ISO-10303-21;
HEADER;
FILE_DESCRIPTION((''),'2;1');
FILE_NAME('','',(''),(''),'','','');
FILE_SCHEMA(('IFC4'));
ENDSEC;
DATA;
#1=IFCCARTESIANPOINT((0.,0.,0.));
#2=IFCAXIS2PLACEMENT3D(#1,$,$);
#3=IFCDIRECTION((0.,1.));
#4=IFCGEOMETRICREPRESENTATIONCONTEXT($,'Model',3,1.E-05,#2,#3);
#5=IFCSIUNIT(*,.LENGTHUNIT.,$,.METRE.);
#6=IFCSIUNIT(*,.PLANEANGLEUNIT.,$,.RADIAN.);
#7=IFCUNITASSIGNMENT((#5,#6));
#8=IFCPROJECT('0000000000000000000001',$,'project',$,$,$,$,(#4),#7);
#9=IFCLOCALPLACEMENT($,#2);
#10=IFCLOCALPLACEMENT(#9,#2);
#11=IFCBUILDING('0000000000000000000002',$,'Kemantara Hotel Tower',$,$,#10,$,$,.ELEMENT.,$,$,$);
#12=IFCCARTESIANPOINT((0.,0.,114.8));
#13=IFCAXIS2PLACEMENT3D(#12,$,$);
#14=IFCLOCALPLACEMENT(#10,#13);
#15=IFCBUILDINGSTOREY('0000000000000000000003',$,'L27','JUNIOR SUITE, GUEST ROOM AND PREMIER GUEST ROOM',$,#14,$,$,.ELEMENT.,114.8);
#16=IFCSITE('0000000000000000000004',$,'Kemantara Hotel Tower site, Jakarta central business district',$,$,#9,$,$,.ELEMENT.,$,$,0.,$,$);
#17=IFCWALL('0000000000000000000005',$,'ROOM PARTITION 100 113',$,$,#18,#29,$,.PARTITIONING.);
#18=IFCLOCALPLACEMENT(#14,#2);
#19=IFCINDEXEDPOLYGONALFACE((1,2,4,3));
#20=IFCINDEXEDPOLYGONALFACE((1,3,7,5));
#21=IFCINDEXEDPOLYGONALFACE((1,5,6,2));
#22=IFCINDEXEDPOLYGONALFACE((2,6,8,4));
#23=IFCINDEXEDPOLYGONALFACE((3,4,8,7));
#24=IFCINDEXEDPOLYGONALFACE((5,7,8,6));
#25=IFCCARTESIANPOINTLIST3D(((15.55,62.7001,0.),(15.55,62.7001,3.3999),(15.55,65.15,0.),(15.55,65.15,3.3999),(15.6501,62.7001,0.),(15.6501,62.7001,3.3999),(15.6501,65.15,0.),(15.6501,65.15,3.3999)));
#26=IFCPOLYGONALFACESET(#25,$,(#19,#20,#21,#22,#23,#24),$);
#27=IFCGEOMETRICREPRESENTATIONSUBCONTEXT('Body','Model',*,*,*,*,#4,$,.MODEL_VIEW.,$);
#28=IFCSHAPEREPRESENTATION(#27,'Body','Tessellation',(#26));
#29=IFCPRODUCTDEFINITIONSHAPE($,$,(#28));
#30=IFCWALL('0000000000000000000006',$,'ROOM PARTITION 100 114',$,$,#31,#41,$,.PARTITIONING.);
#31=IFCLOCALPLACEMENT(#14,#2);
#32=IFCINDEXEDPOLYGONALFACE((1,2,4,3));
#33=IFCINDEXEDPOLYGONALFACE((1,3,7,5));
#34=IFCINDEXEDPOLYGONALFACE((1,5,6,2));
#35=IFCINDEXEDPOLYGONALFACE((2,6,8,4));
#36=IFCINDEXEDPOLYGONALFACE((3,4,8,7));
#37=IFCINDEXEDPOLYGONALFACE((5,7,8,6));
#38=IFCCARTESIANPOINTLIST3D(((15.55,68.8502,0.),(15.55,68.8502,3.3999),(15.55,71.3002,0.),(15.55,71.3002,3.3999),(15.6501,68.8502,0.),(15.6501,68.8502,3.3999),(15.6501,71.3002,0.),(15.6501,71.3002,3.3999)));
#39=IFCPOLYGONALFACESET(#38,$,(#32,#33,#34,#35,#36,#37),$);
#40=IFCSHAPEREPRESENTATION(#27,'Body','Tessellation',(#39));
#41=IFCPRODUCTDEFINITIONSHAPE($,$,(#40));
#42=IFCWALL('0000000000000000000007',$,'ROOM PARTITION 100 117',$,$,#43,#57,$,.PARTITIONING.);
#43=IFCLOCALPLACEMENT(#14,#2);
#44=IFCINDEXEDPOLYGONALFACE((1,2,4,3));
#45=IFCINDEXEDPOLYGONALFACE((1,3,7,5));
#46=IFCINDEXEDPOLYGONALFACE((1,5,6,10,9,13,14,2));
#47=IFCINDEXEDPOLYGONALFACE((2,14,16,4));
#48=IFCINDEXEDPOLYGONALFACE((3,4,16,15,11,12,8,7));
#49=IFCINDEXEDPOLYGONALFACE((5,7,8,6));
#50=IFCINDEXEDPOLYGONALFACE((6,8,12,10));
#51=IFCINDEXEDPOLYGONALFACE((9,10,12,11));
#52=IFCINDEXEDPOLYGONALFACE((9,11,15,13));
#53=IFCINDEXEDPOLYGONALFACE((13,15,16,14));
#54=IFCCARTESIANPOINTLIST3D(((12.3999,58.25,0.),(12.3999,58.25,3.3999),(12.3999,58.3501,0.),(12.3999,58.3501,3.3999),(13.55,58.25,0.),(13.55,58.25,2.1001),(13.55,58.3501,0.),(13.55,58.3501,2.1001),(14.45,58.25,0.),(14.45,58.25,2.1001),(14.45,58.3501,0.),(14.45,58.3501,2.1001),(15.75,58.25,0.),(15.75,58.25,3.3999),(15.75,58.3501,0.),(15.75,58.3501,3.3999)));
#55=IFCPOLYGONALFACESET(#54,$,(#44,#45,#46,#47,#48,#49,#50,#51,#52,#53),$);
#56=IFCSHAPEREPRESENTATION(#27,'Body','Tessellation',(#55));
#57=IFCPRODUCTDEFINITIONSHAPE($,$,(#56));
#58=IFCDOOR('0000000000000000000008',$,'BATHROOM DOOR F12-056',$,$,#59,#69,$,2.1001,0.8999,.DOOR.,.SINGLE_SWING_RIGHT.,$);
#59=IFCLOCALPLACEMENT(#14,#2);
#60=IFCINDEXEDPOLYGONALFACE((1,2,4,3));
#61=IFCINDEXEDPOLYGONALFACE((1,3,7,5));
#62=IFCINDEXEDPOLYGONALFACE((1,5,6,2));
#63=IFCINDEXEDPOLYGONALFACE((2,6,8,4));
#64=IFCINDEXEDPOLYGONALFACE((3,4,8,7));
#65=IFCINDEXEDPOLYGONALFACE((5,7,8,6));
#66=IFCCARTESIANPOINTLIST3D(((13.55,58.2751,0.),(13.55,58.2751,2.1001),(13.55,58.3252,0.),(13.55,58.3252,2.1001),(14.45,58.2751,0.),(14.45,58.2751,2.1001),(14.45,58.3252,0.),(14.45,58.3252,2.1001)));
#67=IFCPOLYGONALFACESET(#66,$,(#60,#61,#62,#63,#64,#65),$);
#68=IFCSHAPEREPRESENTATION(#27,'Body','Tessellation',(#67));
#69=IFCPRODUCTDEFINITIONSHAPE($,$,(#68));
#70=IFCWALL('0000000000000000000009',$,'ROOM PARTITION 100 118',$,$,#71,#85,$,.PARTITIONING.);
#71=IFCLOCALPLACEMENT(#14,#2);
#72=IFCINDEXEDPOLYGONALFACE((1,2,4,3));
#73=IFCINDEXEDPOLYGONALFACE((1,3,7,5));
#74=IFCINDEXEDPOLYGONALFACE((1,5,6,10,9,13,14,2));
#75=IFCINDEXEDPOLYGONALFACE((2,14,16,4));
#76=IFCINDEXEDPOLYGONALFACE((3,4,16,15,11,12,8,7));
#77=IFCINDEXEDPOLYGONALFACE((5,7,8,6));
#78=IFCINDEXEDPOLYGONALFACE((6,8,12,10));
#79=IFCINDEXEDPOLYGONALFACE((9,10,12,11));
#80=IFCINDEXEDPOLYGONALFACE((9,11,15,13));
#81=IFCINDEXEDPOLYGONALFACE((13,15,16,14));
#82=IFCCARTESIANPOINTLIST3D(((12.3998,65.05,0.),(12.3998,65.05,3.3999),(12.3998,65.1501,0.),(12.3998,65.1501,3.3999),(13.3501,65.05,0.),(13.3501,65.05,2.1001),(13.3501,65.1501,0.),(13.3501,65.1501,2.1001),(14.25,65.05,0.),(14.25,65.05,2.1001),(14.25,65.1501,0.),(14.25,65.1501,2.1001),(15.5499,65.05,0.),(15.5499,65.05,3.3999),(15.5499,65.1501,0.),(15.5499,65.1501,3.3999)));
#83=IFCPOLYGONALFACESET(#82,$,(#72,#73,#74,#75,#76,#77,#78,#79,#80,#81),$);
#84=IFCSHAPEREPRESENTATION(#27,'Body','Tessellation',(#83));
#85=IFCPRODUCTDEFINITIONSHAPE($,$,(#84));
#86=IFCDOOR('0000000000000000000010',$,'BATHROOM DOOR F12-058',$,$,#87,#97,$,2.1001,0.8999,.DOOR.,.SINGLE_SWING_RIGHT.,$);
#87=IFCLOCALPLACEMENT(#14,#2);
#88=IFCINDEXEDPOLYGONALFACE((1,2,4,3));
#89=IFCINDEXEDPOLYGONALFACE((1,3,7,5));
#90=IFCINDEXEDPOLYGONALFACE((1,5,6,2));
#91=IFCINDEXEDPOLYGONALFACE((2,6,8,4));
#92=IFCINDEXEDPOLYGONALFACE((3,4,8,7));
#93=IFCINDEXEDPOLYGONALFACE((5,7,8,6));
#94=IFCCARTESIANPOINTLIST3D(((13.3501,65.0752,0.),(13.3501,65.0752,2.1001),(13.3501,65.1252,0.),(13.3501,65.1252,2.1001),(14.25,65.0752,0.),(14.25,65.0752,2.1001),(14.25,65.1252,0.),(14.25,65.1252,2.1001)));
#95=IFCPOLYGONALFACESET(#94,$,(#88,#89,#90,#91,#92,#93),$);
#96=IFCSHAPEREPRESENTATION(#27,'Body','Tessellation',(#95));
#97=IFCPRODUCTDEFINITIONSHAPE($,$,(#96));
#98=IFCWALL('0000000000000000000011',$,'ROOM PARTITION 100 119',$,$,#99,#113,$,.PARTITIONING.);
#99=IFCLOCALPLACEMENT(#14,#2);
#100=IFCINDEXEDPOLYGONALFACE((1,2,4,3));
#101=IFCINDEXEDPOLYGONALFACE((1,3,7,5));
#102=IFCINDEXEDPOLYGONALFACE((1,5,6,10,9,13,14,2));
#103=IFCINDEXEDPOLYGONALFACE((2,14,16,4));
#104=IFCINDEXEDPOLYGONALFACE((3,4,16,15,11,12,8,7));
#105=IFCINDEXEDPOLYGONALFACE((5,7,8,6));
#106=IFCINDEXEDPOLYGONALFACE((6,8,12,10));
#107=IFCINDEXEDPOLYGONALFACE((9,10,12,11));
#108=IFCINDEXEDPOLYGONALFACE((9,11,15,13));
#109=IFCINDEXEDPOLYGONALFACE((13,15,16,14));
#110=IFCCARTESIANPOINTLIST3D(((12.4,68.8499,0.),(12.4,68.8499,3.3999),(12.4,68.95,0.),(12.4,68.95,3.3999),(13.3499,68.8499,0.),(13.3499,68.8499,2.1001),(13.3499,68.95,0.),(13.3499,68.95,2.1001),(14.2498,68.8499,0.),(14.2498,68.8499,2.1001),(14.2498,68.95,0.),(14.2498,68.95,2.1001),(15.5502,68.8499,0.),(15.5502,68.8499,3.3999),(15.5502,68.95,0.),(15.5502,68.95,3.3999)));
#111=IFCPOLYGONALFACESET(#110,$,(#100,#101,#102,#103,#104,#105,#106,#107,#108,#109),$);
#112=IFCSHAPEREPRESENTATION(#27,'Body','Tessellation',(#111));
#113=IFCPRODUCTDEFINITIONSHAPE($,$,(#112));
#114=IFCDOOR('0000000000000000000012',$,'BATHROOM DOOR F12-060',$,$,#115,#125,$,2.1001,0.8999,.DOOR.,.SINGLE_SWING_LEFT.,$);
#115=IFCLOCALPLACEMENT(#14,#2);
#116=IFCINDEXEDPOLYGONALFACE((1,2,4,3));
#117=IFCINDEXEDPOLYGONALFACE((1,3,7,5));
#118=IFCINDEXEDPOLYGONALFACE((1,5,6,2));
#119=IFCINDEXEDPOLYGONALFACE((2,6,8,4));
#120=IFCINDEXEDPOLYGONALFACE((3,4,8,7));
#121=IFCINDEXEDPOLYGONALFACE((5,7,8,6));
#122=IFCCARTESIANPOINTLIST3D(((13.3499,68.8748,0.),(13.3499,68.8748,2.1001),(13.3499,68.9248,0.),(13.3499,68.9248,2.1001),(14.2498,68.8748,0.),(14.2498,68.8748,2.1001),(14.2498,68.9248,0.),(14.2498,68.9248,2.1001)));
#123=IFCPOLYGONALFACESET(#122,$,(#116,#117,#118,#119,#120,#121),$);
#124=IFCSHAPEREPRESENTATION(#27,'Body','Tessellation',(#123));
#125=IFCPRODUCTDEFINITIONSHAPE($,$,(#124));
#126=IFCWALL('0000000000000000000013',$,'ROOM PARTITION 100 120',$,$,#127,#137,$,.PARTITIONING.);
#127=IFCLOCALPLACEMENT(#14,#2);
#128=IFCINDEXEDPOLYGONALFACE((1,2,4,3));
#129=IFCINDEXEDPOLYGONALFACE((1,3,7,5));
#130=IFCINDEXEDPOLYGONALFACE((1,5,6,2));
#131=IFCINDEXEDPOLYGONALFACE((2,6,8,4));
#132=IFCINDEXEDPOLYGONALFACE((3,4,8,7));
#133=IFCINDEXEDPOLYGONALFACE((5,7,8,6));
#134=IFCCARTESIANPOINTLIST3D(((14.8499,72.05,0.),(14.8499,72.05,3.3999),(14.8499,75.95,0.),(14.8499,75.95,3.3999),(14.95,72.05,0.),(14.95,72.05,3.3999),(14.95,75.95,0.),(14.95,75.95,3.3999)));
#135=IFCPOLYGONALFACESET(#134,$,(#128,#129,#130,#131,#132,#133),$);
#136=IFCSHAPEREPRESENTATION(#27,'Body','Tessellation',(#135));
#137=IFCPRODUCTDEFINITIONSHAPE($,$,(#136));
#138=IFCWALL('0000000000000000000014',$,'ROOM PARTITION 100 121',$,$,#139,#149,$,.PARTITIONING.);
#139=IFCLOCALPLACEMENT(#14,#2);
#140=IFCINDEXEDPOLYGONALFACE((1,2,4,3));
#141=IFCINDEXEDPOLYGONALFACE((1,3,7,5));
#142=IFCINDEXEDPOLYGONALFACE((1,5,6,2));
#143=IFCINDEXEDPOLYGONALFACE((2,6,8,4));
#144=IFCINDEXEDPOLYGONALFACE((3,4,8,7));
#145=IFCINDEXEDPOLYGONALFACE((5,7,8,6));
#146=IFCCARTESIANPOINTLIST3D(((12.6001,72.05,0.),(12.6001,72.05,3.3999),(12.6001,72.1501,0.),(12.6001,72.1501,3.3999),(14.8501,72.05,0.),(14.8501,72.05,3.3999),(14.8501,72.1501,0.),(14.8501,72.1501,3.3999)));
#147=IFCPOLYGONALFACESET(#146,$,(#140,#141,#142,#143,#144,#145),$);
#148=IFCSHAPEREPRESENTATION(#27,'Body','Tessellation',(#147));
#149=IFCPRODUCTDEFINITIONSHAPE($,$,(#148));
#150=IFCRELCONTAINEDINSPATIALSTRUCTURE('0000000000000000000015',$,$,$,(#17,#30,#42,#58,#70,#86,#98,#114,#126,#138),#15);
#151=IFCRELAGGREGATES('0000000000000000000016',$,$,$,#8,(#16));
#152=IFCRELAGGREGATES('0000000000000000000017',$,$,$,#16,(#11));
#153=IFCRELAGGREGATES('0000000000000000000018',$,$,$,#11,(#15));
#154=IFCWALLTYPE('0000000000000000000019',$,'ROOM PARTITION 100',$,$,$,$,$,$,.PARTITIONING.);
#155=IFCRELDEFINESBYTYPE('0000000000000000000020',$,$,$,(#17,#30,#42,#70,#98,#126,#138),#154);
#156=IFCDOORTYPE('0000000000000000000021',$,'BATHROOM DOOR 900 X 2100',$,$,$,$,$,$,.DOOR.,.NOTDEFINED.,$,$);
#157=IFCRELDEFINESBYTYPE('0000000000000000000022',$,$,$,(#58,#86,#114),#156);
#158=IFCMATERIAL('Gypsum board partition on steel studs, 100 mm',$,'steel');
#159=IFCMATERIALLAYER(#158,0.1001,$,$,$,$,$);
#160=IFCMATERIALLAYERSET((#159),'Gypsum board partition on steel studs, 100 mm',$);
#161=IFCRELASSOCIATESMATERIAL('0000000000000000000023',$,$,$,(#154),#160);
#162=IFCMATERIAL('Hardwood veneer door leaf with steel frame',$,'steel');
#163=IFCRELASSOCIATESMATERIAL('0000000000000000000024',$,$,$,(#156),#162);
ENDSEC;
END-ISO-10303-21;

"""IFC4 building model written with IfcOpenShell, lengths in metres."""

from ifc_helpers import new_model, si_unit, direction, frame, frame_2d, origin, place, context, subcontext, project, spatial, rectangle, extrude, material, layer, layer_set, type_object, element, fill, save


model = new_model("IFC4")

# Units and contexts
model_context = context("Model", 3, precision=1e-05, world=origin(), true_north=direction((0.0, 1.0)))
body_context = subcontext(model_context, "Body", "Model", "MODEL_VIEW")
ifc_project = project(units=[si_unit("LENGTHUNIT", "METRE"), si_unit("PLANEANGLEUNIT", "RADIAN")], contexts=[model_context])

# Site, building, storey
site_placement = place(None, origin())
site = spatial("IfcSite", under=ifc_project, at=site_placement, Name="Kemantara Hotel Tower site, Jakarta central business district", CompositionType="ELEMENT", RefElevation=0.0)
building_placement = place(site_placement, origin())
building = spatial("IfcBuilding", under=site, at=building_placement, Name="Kemantara Hotel Tower", CompositionType="ELEMENT")
storey_placement = place(building_placement, frame((0.0, 0.0, 114.8)))
storey = spatial("IfcBuildingStorey", under=building, at=storey_placement, Name="L27", Description="JUNIOR SUITE, GUEST ROOM AND PREMIER GUEST ROOM", CompositionType="ELEMENT", Elevation=114.8)

# Walls
ifc_material_1 = material(Name="Gypsum board partition on steel studs, 100 mm", Category="steel")
ifc_layer_1 = layer(ifc_material_1, 0.1001)
ifc_layer_set_1 = layer_set([ifc_layer_1], Name="Gypsum board partition on steel studs, 100 mm")
wall_type_1 = type_object("IfcWallType", Name="ROOM PARTITION 100", PredefinedType="PARTITIONING", material=ifc_layer_set_1)
for number, where, z_axis, x_axis, name in (
    (1, (15.6001, 62.7, 0.0), (0.0, 0.0, 1.0), (0.0, 1.0, 0.0), "ROOM PARTITION 100 113"),
    (2, (15.6001, 68.8501, 0.0), (0.0, 0.0, 1.0), (0.0, 1.0, 0.0), "ROOM PARTITION 100 114"),
):
    element("IfcWall", number, at=place(storey_placement, frame(where, z_axis=z_axis, x_axis=x_axis)), inside=storey, type_object=wall_type_1, Name=name, PredefinedType="PARTITIONING", context=body_context, shape_type="SweptSolid", body=[
        extrude(rectangle(XDim=2.45, YDim=0.1001, at=frame_2d((1.2251, 0.0))), origin(), (0.0, 0.0, 1.0), 3.3999),
    ])

# Walls, openings, doors
wall_1_placement = place(storey_placement, frame((15.75, 58.3, 0.0), z_axis=(0.0, 0.0, 1.0), x_axis=(-1.0, 0.0, 0.0)))
wall_1 = element("IfcWall", 3, at=wall_1_placement, inside=storey, type_object=wall_type_1, Name="ROOM PARTITION 100 117", PredefinedType="PARTITIONING", context=body_context, shape_type="SweptSolid", body=[
    extrude(rectangle(XDim=3.3501, YDim=0.1001, at=frame_2d((1.675, 0.0))), origin(), (0.0, 0.0, 1.0), 3.3999),
])
opening_1_placement = place(wall_1_placement, frame((1.3, 0.0, 0.0)))
opening_1 = element("IfcOpeningElement", 4, at=opening_1_placement, cuts=wall_1, PredefinedType="OPENING", context=body_context, shape_type="SweptSolid", body=[
    extrude(rectangle(XDim=0.8999, YDim=2.1001, at=frame_2d((0.45, 1.05))), frame((0.0, 0.0601, 0.0), z_axis=(0.0, -1.0, 0.0), x_axis=(1.0, 0.0, 0.0)), (0.0, 0.0, 1.0), 0.1201),
])
ifc_material_2 = material(Name="Hardwood veneer door leaf with steel frame", Category="steel")
door_type = type_object("IfcDoorType", Name="BATHROOM DOOR 900 X 2100", OperationType="NOTDEFINED", PredefinedType="DOOR", material=ifc_material_2)
door_1_placement = place(opening_1_placement, origin())
door_1 = element("IfcDoor", 5, at=door_1_placement, inside=storey, type_object=door_type, Name="BATHROOM DOOR F12-056", OperationType="SINGLE_SWING_RIGHT", OverallHeight=2.1001, OverallWidth=0.8999, PredefinedType="DOOR", context=body_context, shape_type="SweptSolid", body=[
    extrude(rectangle(XDim=0.8999, YDim=2.1001, at=frame_2d((0.45, 1.05))), frame((0.0, 0.0249, 0.0), z_axis=(0.0, -1.0, 0.0), x_axis=(1.0, 0.0, 0.0)), (0.0, 0.0, 1.0), 0.05),
])
fill(opening_1, door_1)
wall_2_placement = place(storey_placement, frame((15.55, 65.1001, 0.0), z_axis=(0.0, 0.0, 1.0), x_axis=(-1.0, 0.0, 0.0)))
wall_2 = element("IfcWall", 6, at=wall_2_placement, inside=storey, type_object=wall_type_1, Name="ROOM PARTITION 100 118", PredefinedType="PARTITIONING", context=body_context, shape_type="SweptSolid", body=[
    extrude(rectangle(XDim=3.1501, YDim=0.1001, at=frame_2d((1.5752, 0.0))), origin(), (0.0, 0.0, 1.0), 3.3999),
])
opening_2_placement = place(wall_2_placement, frame((1.3, 0.0, 0.0)))
opening_2 = element("IfcOpeningElement", 7, at=opening_2_placement, cuts=wall_2, PredefinedType="OPENING", context=body_context, shape_type="SweptSolid", body=[
    extrude(rectangle(XDim=0.8999, YDim=2.1001, at=frame_2d((0.45, 1.05))), frame((0.0, 0.0601, 0.0), z_axis=(0.0, -1.0, 0.0), x_axis=(1.0, 0.0, 0.0)), (0.0, 0.0, 1.0), 0.1201),
])
door_2_placement = place(opening_2_placement, origin())
door_2 = element("IfcDoor", 8, at=door_2_placement, inside=storey, type_object=door_type, Name="BATHROOM DOOR F12-058", OperationType="SINGLE_SWING_RIGHT", OverallHeight=2.1001, OverallWidth=0.8999, PredefinedType="DOOR", context=body_context, shape_type="SweptSolid", body=[
    extrude(rectangle(XDim=0.8999, YDim=2.1001, at=frame_2d((0.45, 1.05))), frame((0.0, 0.0249, 0.0), z_axis=(0.0, -1.0, 0.0), x_axis=(1.0, 0.0, 0.0)), (0.0, 0.0, 1.0), 0.05),
])
fill(opening_2, door_2)
wall_3_placement = place(storey_placement, frame((12.3999, 68.8999, 0.0), z_axis=(0.0, 0.0, 1.0), x_axis=(1.0, 0.0, 0.0)))
wall_3 = element("IfcWall", 9, at=wall_3_placement, inside=storey, type_object=wall_type_1, Name="ROOM PARTITION 100 119", PredefinedType="PARTITIONING", context=body_context, shape_type="SweptSolid", body=[
    extrude(rectangle(XDim=3.1501, YDim=0.1001, at=frame_2d((1.5752, 0.0))), origin(), (0.0, 0.0, 1.0), 3.3999),
])
opening_3_placement = place(wall_3_placement, frame((0.95, 0.0, 0.0)))
opening_3 = element("IfcOpeningElement", 10, at=opening_3_placement, cuts=wall_3, PredefinedType="OPENING", context=body_context, shape_type="SweptSolid", body=[
    extrude(rectangle(XDim=0.8999, YDim=2.1001, at=frame_2d((0.45, 1.05))), frame((0.0, 0.0601, 0.0), z_axis=(0.0, -1.0, 0.0), x_axis=(1.0, 0.0, 0.0)), (0.0, 0.0, 1.0), 0.1201),
])
door_3_placement = place(opening_3_placement, origin())
door_3 = element("IfcDoor", 11, at=door_3_placement, inside=storey, type_object=door_type, Name="BATHROOM DOOR F12-060", OperationType="SINGLE_SWING_LEFT", OverallHeight=2.1001, OverallWidth=0.8999, PredefinedType="DOOR", context=body_context, shape_type="SweptSolid", body=[
    extrude(rectangle(XDim=0.8999, YDim=2.1001, at=frame_2d((0.45, 1.05))), frame((0.0, 0.0249, 0.0), z_axis=(0.0, -1.0, 0.0), x_axis=(1.0, 0.0, 0.0)), (0.0, 0.0, 1.0), 0.05),
])
fill(opening_3, door_3)

# Walls
wall_4_placement = place(storey_placement, frame((14.8999, 72.05, 0.0), z_axis=(0.0, 0.0, 1.0), x_axis=(0.0, 1.0, 0.0)))
element("IfcWall", 12, at=wall_4_placement, inside=storey, type_object=wall_type_1, Name="ROOM PARTITION 100 120", PredefinedType="PARTITIONING", context=body_context, shape_type="SweptSolid", body=[
    extrude(rectangle(XDim=3.8999, YDim=0.1001, at=frame_2d((1.95, 0.0))), origin(), (0.0, 0.0, 1.0), 3.3999),
])
wall_5_placement = place(storey_placement, frame((12.6001, 72.1001, 0.0), z_axis=(0.0, 0.0, 1.0), x_axis=(1.0, 0.0, 0.0)))
element("IfcWall", 13, at=wall_5_placement, inside=storey, type_object=wall_type_1, Name="ROOM PARTITION 100 121", PredefinedType="PARTITIONING", context=body_context, shape_type="SweptSolid", body=[
    extrude(rectangle(XDim=2.25, YDim=0.1001, at=frame_2d((1.125, 0.0))), origin(), (0.0, 0.0, 1.0), 3.3999),
])

save(model, "model.ifc")
